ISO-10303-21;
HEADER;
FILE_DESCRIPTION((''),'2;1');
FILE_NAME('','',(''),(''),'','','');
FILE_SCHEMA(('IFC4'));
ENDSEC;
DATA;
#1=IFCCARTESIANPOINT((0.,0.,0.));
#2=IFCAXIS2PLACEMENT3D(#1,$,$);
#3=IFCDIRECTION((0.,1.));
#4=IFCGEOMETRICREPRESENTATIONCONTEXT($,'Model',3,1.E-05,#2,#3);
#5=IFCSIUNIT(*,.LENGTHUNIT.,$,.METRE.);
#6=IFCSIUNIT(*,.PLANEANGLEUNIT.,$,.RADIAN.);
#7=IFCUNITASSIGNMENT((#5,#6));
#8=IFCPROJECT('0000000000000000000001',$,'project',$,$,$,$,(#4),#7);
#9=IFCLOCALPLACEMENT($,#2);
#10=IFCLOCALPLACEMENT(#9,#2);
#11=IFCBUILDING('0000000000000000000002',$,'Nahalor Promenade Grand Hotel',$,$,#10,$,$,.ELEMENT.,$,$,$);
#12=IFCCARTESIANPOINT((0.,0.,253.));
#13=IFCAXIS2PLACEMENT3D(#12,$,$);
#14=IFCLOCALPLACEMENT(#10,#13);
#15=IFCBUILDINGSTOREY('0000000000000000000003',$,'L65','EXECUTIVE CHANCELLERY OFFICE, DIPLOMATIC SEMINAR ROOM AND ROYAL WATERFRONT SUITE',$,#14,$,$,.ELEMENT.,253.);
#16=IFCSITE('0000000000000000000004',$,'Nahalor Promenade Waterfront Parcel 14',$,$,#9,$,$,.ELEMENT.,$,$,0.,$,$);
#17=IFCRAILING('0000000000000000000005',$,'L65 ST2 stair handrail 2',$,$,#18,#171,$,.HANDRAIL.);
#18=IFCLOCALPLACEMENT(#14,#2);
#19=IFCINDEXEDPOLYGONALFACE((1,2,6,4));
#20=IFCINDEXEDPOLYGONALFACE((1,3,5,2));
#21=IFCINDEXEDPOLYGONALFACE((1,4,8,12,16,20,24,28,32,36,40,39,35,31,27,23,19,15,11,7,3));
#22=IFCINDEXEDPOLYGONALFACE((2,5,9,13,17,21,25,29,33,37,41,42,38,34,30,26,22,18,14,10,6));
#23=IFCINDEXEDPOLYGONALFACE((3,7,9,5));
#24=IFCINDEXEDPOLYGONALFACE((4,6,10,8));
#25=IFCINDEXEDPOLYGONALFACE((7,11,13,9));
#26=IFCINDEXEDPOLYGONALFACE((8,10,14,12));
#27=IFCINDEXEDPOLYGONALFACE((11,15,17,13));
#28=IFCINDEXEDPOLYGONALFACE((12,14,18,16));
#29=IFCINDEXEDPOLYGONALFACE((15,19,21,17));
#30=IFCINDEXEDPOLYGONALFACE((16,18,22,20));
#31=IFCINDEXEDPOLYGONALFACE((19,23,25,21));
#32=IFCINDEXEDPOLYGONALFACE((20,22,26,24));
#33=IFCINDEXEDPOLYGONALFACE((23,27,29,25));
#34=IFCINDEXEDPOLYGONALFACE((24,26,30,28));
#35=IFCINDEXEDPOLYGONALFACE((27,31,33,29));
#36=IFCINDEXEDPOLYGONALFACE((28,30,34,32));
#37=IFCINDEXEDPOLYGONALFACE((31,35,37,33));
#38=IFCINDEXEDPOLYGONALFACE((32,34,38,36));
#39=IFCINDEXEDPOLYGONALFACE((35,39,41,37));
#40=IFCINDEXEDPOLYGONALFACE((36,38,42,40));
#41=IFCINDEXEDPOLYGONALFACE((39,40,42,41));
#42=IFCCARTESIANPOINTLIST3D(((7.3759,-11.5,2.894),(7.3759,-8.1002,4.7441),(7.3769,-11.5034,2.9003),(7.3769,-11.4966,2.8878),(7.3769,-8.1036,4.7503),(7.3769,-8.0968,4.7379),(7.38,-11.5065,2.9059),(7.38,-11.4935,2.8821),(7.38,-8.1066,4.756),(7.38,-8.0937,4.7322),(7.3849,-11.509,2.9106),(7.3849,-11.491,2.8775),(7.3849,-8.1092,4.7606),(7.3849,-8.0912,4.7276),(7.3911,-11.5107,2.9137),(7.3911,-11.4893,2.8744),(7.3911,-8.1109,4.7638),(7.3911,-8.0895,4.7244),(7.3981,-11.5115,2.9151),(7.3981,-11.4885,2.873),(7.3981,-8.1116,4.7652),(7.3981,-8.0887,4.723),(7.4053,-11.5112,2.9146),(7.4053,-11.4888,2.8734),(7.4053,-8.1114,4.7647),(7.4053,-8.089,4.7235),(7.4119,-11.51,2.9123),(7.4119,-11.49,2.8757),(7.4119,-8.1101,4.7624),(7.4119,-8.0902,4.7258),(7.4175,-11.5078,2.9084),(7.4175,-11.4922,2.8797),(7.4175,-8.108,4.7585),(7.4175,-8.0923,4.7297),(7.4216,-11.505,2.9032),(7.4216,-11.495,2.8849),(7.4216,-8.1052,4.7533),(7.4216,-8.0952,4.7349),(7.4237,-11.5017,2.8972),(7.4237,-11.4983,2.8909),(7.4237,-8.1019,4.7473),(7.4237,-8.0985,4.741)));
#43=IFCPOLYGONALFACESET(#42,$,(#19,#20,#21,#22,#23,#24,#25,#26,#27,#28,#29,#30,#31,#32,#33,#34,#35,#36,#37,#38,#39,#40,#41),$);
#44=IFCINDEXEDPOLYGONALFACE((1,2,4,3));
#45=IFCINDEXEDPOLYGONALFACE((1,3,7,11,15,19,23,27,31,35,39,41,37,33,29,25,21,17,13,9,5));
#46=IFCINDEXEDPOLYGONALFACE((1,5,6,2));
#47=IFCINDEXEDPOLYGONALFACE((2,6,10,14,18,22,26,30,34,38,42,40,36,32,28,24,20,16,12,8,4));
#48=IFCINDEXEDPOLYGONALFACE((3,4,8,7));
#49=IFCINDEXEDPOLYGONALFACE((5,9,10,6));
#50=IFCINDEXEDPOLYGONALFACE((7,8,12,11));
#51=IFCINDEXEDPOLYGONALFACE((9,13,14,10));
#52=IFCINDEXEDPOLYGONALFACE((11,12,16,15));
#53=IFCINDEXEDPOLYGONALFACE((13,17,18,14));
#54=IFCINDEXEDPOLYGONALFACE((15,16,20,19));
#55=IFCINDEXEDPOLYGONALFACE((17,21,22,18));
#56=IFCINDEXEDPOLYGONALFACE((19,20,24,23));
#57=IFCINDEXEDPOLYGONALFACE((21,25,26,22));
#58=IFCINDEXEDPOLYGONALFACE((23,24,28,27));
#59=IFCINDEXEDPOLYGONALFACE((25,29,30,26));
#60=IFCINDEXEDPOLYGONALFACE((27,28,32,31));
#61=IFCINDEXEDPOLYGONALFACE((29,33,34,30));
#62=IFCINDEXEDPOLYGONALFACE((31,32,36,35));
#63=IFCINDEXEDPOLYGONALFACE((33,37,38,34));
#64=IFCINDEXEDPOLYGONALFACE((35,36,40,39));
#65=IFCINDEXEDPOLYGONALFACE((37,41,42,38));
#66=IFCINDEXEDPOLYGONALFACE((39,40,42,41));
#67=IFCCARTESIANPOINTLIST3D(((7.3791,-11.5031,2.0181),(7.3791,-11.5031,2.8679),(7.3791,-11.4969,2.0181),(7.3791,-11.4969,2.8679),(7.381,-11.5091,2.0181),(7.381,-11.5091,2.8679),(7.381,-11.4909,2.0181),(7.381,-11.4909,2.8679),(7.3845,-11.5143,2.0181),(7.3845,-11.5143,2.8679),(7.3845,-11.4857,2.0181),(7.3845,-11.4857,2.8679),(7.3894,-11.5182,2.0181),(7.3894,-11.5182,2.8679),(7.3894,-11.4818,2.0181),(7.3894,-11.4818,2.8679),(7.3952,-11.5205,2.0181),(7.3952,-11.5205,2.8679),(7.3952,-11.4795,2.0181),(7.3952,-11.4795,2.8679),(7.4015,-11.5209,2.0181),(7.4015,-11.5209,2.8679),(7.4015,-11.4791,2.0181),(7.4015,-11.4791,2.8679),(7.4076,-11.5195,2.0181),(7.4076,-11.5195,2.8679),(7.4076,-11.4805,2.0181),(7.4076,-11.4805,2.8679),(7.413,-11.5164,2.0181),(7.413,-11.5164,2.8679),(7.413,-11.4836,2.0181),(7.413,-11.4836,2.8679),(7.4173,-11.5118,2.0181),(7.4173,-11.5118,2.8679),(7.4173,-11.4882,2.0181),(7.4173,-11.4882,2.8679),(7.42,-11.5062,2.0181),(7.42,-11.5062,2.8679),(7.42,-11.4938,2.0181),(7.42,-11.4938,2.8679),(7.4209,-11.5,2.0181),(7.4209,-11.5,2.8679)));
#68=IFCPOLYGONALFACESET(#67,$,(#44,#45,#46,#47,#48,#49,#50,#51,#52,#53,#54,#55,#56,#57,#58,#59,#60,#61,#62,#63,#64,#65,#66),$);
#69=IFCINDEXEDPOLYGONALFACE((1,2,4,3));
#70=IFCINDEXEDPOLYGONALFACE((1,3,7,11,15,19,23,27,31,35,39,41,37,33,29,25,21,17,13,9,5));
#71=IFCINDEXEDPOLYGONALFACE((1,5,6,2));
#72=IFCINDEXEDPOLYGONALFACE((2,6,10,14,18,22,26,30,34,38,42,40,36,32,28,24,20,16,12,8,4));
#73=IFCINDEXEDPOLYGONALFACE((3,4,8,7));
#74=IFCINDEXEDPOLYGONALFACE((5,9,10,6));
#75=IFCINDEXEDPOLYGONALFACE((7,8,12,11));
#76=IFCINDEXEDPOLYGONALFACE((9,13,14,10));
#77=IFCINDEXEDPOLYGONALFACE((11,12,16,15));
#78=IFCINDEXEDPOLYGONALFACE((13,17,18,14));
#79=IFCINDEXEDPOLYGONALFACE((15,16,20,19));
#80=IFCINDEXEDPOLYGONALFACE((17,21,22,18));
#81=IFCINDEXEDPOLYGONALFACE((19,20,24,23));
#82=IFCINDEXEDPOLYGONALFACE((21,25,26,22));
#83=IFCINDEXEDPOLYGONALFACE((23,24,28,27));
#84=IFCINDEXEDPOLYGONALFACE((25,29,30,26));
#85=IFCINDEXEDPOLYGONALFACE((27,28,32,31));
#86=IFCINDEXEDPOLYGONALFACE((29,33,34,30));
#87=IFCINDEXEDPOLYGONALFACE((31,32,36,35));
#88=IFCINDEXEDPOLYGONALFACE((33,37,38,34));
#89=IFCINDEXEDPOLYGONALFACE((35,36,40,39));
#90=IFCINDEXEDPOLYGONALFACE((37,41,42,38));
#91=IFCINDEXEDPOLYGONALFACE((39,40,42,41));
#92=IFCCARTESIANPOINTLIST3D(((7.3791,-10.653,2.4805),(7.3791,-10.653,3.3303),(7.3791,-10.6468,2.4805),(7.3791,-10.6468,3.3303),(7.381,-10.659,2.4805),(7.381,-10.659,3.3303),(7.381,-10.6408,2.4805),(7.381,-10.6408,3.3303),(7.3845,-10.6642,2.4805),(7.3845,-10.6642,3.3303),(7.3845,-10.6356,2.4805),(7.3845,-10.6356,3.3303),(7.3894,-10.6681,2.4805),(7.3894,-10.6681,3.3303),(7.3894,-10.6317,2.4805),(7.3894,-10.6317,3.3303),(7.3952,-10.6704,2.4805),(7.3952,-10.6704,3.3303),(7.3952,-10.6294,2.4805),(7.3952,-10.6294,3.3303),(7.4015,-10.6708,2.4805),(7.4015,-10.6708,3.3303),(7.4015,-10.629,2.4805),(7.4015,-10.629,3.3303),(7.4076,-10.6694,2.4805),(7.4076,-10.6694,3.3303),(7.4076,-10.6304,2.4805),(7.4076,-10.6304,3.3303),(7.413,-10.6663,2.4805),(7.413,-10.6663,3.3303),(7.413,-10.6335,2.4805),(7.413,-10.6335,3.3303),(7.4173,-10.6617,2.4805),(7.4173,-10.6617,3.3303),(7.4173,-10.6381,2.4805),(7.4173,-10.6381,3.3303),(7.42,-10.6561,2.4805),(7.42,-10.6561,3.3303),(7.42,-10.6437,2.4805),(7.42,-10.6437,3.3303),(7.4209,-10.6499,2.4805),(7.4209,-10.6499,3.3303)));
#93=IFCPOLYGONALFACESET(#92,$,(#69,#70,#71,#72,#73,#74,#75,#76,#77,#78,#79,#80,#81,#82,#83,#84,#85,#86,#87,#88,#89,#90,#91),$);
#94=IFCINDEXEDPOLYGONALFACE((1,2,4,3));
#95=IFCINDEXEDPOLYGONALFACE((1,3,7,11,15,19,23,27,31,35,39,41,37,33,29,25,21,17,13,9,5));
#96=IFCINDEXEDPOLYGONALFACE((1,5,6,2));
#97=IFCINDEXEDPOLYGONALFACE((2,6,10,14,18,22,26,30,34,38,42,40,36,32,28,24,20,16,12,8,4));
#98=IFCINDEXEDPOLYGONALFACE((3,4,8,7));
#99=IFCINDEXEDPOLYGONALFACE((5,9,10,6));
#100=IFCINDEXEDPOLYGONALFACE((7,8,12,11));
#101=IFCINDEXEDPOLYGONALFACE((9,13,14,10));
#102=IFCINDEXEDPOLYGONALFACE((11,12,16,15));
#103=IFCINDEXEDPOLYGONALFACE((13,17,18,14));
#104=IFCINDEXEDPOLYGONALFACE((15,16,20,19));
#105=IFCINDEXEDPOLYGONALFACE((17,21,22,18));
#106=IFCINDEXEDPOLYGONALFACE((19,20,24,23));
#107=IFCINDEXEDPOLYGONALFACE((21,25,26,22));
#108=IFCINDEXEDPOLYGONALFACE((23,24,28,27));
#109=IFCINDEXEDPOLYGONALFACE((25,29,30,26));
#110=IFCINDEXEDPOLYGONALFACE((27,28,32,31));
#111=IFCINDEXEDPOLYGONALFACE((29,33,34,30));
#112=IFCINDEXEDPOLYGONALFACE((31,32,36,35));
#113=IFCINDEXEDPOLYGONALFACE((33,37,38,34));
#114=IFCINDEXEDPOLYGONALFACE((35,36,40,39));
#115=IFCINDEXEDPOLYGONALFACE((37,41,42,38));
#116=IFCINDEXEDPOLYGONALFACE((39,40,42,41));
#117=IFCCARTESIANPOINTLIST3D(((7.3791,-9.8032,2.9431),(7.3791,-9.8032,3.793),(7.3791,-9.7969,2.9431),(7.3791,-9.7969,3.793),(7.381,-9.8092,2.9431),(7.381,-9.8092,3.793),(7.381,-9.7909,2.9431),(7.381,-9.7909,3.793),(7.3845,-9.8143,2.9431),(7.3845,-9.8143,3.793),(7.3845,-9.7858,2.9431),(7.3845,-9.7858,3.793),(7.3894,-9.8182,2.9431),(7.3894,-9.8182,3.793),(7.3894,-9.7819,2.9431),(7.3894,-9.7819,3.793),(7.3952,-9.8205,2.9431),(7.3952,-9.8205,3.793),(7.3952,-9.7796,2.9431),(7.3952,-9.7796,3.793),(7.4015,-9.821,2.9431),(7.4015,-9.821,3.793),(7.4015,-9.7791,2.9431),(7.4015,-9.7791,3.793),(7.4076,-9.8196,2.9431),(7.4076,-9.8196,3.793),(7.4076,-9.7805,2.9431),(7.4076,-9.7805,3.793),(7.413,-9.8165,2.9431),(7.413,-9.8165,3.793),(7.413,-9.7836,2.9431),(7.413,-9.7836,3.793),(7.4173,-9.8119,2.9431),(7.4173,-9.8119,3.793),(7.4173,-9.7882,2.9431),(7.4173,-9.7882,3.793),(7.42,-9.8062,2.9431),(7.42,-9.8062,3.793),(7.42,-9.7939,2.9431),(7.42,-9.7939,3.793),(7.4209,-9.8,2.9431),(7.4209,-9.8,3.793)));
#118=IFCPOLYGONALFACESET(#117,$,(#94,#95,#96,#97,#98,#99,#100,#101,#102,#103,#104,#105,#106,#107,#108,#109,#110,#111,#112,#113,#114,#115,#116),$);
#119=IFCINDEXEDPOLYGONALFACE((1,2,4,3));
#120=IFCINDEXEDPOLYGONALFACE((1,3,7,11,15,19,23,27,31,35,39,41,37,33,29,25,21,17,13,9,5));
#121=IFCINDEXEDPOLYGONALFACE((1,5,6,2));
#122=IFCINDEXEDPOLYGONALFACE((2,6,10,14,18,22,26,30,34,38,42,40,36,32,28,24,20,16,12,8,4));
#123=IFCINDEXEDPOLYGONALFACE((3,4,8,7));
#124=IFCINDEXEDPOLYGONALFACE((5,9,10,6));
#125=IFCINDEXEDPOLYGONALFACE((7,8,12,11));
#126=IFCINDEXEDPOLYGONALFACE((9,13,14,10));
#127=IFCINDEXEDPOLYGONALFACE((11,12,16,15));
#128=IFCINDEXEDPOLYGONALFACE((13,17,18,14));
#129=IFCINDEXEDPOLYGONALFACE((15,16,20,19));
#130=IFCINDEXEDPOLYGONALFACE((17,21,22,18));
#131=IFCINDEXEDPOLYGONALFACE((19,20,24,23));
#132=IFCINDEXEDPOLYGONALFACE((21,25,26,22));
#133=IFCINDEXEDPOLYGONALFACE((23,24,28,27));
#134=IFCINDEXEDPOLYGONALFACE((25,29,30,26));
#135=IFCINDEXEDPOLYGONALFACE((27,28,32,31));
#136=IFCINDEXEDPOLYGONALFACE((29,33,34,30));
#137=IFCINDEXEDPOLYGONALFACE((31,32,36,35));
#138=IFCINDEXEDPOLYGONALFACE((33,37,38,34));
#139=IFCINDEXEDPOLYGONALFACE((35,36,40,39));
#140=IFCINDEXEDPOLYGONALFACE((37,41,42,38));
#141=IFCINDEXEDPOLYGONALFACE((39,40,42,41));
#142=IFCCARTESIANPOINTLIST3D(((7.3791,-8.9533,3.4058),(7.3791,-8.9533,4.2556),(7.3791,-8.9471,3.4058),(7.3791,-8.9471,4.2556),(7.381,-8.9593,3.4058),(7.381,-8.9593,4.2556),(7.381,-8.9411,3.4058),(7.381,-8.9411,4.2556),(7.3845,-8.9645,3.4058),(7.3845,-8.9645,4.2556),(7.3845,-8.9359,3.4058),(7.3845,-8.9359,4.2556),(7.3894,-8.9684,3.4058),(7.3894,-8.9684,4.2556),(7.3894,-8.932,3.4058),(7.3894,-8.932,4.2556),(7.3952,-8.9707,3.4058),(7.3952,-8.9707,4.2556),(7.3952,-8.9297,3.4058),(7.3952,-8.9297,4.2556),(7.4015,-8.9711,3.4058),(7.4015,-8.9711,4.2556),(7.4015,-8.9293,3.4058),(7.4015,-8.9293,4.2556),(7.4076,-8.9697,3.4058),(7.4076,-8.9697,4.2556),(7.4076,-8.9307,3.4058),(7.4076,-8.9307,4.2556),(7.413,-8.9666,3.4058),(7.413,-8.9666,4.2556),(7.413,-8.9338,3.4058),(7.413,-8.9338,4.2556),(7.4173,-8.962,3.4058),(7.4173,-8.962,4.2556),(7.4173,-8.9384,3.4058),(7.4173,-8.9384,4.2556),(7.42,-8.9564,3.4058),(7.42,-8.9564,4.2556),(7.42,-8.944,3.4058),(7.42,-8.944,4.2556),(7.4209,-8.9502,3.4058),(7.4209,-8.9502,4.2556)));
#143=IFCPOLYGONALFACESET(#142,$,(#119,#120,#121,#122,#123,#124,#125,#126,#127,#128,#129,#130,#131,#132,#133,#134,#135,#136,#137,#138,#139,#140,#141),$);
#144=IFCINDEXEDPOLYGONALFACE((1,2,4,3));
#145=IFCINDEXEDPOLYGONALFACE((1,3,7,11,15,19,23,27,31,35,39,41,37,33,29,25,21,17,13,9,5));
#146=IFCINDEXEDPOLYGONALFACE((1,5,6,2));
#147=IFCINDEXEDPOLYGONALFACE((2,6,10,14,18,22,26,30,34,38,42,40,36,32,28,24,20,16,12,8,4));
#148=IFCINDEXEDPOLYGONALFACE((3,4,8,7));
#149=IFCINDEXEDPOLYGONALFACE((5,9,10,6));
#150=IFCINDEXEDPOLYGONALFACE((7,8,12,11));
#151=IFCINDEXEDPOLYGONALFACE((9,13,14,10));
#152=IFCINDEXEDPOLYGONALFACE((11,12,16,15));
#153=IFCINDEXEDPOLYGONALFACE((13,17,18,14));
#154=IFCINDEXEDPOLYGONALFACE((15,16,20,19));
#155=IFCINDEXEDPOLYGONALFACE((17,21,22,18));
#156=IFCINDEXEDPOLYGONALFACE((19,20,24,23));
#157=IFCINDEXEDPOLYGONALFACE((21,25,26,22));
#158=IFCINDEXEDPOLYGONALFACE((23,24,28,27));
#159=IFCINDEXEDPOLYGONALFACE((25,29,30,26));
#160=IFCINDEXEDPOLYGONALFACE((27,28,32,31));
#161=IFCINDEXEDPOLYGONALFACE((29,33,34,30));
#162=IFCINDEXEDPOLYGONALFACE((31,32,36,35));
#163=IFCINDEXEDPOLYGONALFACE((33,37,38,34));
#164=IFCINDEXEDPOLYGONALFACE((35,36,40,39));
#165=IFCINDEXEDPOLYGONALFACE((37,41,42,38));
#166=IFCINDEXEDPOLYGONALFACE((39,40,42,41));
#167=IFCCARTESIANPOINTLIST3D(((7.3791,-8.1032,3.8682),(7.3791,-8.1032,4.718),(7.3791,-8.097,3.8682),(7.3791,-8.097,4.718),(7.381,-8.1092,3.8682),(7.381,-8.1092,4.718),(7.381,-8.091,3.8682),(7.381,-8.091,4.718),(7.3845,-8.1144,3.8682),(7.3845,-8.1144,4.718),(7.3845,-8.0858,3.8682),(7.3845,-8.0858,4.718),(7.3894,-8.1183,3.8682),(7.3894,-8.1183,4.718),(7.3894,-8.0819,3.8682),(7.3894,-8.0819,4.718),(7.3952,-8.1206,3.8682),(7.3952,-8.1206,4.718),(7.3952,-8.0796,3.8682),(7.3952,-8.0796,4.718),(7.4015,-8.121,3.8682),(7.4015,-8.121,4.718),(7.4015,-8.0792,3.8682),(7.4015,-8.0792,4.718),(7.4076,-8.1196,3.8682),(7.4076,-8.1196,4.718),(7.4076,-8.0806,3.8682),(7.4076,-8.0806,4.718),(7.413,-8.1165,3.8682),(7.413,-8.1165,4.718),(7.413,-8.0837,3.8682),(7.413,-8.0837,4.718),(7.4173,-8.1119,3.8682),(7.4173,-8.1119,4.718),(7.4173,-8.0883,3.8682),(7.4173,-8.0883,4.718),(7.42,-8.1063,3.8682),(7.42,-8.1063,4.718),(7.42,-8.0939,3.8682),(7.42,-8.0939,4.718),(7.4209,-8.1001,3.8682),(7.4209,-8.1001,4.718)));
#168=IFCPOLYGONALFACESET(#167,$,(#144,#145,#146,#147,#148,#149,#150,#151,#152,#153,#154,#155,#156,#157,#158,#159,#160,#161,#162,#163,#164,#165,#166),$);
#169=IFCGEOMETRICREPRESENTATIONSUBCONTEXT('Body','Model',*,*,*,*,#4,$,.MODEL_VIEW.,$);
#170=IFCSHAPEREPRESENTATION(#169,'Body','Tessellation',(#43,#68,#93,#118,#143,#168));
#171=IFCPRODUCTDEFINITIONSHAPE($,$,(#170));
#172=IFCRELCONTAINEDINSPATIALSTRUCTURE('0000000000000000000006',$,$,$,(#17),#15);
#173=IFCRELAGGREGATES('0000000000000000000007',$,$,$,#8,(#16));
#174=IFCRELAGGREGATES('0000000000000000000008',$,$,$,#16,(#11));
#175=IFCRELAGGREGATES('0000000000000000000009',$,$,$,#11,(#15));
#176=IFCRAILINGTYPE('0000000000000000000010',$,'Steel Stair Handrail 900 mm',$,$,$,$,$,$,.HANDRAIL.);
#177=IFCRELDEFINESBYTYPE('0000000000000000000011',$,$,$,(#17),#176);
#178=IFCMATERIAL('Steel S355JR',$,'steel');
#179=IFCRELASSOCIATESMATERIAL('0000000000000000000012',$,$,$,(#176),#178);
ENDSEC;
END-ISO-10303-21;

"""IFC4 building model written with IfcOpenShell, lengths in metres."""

from ifc_helpers import new_model, si_unit, direction, frame, origin, origin_2d, place, context, subcontext, project, spatial, circle, extrude, material, type_object, element, save


model = new_model("IFC4")

# Units and contexts
model_context = context("Model", 3, precision=1e-05, world=origin(), true_north=direction((0.0, 1.0)))
body_context = subcontext(model_context, "Body", "Model", "MODEL_VIEW")
ifc_project = project(units=[si_unit("LENGTHUNIT", "METRE"), si_unit("PLANEANGLEUNIT", "RADIAN")], contexts=[model_context])

# Site, building, storey
site_placement = place(None, origin())
site = spatial("IfcSite", under=ifc_project, at=site_placement, Name="Nahalor Promenade Waterfront Parcel 14", CompositionType="ELEMENT", RefElevation=0.0)
building_placement = place(site_placement, origin())
building = spatial("IfcBuilding", under=site, at=building_placement, Name="Nahalor Promenade Grand Hotel", CompositionType="ELEMENT")
storey_placement = place(building_placement, frame((0.0, 0.0, 253.0)))
storey = spatial("IfcBuildingStorey", under=building, at=storey_placement, Name="L65", Description="EXECUTIVE CHANCELLERY OFFICE, DIPLOMATIC SEMINAR ROOM AND ROYAL WATERFRONT SUITE", CompositionType="ELEMENT", Elevation=253.0)

# Shared definitions
ifc_material_1 = material(Name="Steel S355JR", Category="steel")

# Railing
railing_type_1 = type_object("IfcRailingType", Name="Steel Stair Handrail 900 mm", PredefinedType="HANDRAIL", material=ifc_material_1)
railing_1_placement = place(storey_placement, frame((7.3999, -11.5, 2.0181)))
element("IfcRailing", 1, at=railing_1_placement, inside=storey, type_object=railing_type_1, Name="L65 ST2 stair handrail 2", PredefinedType="HANDRAIL", context=body_context, shape_type="SweptSolid", body=[
    extrude(circle(Radius=0.024, at=origin_2d()), frame((0.0, 0.0, 0.876), z_axis=(0.0, 0.878372, 0.477977), x_axis=(-1.0, 0.0, 0.0)), (0.0, 0.0, 1.0), 3.8706),
    extrude(circle(Radius=0.021, at=origin_2d()), origin(), (0.0, 0.0, 1.0), 0.8499),
    extrude(circle(Radius=0.021, at=origin_2d()), frame((0.0, 0.8501, 0.4624)), (0.0, 0.0, 1.0), 0.8499),
    extrude(circle(Radius=0.021, at=origin_2d()), frame((0.0, 1.7, 0.925)), (0.0, 0.0, 1.0), 0.8499),
    extrude(circle(Radius=0.021, at=origin_2d()), frame((0.0, 2.5498, 1.3877)), (0.0, 0.0, 1.0), 0.8499),
    extrude(circle(Radius=0.021, at=origin_2d()), frame((0.0, 3.3999, 1.8501)), (0.0, 0.0, 1.0), 0.8499),
])

save(model, "model.ifc")
